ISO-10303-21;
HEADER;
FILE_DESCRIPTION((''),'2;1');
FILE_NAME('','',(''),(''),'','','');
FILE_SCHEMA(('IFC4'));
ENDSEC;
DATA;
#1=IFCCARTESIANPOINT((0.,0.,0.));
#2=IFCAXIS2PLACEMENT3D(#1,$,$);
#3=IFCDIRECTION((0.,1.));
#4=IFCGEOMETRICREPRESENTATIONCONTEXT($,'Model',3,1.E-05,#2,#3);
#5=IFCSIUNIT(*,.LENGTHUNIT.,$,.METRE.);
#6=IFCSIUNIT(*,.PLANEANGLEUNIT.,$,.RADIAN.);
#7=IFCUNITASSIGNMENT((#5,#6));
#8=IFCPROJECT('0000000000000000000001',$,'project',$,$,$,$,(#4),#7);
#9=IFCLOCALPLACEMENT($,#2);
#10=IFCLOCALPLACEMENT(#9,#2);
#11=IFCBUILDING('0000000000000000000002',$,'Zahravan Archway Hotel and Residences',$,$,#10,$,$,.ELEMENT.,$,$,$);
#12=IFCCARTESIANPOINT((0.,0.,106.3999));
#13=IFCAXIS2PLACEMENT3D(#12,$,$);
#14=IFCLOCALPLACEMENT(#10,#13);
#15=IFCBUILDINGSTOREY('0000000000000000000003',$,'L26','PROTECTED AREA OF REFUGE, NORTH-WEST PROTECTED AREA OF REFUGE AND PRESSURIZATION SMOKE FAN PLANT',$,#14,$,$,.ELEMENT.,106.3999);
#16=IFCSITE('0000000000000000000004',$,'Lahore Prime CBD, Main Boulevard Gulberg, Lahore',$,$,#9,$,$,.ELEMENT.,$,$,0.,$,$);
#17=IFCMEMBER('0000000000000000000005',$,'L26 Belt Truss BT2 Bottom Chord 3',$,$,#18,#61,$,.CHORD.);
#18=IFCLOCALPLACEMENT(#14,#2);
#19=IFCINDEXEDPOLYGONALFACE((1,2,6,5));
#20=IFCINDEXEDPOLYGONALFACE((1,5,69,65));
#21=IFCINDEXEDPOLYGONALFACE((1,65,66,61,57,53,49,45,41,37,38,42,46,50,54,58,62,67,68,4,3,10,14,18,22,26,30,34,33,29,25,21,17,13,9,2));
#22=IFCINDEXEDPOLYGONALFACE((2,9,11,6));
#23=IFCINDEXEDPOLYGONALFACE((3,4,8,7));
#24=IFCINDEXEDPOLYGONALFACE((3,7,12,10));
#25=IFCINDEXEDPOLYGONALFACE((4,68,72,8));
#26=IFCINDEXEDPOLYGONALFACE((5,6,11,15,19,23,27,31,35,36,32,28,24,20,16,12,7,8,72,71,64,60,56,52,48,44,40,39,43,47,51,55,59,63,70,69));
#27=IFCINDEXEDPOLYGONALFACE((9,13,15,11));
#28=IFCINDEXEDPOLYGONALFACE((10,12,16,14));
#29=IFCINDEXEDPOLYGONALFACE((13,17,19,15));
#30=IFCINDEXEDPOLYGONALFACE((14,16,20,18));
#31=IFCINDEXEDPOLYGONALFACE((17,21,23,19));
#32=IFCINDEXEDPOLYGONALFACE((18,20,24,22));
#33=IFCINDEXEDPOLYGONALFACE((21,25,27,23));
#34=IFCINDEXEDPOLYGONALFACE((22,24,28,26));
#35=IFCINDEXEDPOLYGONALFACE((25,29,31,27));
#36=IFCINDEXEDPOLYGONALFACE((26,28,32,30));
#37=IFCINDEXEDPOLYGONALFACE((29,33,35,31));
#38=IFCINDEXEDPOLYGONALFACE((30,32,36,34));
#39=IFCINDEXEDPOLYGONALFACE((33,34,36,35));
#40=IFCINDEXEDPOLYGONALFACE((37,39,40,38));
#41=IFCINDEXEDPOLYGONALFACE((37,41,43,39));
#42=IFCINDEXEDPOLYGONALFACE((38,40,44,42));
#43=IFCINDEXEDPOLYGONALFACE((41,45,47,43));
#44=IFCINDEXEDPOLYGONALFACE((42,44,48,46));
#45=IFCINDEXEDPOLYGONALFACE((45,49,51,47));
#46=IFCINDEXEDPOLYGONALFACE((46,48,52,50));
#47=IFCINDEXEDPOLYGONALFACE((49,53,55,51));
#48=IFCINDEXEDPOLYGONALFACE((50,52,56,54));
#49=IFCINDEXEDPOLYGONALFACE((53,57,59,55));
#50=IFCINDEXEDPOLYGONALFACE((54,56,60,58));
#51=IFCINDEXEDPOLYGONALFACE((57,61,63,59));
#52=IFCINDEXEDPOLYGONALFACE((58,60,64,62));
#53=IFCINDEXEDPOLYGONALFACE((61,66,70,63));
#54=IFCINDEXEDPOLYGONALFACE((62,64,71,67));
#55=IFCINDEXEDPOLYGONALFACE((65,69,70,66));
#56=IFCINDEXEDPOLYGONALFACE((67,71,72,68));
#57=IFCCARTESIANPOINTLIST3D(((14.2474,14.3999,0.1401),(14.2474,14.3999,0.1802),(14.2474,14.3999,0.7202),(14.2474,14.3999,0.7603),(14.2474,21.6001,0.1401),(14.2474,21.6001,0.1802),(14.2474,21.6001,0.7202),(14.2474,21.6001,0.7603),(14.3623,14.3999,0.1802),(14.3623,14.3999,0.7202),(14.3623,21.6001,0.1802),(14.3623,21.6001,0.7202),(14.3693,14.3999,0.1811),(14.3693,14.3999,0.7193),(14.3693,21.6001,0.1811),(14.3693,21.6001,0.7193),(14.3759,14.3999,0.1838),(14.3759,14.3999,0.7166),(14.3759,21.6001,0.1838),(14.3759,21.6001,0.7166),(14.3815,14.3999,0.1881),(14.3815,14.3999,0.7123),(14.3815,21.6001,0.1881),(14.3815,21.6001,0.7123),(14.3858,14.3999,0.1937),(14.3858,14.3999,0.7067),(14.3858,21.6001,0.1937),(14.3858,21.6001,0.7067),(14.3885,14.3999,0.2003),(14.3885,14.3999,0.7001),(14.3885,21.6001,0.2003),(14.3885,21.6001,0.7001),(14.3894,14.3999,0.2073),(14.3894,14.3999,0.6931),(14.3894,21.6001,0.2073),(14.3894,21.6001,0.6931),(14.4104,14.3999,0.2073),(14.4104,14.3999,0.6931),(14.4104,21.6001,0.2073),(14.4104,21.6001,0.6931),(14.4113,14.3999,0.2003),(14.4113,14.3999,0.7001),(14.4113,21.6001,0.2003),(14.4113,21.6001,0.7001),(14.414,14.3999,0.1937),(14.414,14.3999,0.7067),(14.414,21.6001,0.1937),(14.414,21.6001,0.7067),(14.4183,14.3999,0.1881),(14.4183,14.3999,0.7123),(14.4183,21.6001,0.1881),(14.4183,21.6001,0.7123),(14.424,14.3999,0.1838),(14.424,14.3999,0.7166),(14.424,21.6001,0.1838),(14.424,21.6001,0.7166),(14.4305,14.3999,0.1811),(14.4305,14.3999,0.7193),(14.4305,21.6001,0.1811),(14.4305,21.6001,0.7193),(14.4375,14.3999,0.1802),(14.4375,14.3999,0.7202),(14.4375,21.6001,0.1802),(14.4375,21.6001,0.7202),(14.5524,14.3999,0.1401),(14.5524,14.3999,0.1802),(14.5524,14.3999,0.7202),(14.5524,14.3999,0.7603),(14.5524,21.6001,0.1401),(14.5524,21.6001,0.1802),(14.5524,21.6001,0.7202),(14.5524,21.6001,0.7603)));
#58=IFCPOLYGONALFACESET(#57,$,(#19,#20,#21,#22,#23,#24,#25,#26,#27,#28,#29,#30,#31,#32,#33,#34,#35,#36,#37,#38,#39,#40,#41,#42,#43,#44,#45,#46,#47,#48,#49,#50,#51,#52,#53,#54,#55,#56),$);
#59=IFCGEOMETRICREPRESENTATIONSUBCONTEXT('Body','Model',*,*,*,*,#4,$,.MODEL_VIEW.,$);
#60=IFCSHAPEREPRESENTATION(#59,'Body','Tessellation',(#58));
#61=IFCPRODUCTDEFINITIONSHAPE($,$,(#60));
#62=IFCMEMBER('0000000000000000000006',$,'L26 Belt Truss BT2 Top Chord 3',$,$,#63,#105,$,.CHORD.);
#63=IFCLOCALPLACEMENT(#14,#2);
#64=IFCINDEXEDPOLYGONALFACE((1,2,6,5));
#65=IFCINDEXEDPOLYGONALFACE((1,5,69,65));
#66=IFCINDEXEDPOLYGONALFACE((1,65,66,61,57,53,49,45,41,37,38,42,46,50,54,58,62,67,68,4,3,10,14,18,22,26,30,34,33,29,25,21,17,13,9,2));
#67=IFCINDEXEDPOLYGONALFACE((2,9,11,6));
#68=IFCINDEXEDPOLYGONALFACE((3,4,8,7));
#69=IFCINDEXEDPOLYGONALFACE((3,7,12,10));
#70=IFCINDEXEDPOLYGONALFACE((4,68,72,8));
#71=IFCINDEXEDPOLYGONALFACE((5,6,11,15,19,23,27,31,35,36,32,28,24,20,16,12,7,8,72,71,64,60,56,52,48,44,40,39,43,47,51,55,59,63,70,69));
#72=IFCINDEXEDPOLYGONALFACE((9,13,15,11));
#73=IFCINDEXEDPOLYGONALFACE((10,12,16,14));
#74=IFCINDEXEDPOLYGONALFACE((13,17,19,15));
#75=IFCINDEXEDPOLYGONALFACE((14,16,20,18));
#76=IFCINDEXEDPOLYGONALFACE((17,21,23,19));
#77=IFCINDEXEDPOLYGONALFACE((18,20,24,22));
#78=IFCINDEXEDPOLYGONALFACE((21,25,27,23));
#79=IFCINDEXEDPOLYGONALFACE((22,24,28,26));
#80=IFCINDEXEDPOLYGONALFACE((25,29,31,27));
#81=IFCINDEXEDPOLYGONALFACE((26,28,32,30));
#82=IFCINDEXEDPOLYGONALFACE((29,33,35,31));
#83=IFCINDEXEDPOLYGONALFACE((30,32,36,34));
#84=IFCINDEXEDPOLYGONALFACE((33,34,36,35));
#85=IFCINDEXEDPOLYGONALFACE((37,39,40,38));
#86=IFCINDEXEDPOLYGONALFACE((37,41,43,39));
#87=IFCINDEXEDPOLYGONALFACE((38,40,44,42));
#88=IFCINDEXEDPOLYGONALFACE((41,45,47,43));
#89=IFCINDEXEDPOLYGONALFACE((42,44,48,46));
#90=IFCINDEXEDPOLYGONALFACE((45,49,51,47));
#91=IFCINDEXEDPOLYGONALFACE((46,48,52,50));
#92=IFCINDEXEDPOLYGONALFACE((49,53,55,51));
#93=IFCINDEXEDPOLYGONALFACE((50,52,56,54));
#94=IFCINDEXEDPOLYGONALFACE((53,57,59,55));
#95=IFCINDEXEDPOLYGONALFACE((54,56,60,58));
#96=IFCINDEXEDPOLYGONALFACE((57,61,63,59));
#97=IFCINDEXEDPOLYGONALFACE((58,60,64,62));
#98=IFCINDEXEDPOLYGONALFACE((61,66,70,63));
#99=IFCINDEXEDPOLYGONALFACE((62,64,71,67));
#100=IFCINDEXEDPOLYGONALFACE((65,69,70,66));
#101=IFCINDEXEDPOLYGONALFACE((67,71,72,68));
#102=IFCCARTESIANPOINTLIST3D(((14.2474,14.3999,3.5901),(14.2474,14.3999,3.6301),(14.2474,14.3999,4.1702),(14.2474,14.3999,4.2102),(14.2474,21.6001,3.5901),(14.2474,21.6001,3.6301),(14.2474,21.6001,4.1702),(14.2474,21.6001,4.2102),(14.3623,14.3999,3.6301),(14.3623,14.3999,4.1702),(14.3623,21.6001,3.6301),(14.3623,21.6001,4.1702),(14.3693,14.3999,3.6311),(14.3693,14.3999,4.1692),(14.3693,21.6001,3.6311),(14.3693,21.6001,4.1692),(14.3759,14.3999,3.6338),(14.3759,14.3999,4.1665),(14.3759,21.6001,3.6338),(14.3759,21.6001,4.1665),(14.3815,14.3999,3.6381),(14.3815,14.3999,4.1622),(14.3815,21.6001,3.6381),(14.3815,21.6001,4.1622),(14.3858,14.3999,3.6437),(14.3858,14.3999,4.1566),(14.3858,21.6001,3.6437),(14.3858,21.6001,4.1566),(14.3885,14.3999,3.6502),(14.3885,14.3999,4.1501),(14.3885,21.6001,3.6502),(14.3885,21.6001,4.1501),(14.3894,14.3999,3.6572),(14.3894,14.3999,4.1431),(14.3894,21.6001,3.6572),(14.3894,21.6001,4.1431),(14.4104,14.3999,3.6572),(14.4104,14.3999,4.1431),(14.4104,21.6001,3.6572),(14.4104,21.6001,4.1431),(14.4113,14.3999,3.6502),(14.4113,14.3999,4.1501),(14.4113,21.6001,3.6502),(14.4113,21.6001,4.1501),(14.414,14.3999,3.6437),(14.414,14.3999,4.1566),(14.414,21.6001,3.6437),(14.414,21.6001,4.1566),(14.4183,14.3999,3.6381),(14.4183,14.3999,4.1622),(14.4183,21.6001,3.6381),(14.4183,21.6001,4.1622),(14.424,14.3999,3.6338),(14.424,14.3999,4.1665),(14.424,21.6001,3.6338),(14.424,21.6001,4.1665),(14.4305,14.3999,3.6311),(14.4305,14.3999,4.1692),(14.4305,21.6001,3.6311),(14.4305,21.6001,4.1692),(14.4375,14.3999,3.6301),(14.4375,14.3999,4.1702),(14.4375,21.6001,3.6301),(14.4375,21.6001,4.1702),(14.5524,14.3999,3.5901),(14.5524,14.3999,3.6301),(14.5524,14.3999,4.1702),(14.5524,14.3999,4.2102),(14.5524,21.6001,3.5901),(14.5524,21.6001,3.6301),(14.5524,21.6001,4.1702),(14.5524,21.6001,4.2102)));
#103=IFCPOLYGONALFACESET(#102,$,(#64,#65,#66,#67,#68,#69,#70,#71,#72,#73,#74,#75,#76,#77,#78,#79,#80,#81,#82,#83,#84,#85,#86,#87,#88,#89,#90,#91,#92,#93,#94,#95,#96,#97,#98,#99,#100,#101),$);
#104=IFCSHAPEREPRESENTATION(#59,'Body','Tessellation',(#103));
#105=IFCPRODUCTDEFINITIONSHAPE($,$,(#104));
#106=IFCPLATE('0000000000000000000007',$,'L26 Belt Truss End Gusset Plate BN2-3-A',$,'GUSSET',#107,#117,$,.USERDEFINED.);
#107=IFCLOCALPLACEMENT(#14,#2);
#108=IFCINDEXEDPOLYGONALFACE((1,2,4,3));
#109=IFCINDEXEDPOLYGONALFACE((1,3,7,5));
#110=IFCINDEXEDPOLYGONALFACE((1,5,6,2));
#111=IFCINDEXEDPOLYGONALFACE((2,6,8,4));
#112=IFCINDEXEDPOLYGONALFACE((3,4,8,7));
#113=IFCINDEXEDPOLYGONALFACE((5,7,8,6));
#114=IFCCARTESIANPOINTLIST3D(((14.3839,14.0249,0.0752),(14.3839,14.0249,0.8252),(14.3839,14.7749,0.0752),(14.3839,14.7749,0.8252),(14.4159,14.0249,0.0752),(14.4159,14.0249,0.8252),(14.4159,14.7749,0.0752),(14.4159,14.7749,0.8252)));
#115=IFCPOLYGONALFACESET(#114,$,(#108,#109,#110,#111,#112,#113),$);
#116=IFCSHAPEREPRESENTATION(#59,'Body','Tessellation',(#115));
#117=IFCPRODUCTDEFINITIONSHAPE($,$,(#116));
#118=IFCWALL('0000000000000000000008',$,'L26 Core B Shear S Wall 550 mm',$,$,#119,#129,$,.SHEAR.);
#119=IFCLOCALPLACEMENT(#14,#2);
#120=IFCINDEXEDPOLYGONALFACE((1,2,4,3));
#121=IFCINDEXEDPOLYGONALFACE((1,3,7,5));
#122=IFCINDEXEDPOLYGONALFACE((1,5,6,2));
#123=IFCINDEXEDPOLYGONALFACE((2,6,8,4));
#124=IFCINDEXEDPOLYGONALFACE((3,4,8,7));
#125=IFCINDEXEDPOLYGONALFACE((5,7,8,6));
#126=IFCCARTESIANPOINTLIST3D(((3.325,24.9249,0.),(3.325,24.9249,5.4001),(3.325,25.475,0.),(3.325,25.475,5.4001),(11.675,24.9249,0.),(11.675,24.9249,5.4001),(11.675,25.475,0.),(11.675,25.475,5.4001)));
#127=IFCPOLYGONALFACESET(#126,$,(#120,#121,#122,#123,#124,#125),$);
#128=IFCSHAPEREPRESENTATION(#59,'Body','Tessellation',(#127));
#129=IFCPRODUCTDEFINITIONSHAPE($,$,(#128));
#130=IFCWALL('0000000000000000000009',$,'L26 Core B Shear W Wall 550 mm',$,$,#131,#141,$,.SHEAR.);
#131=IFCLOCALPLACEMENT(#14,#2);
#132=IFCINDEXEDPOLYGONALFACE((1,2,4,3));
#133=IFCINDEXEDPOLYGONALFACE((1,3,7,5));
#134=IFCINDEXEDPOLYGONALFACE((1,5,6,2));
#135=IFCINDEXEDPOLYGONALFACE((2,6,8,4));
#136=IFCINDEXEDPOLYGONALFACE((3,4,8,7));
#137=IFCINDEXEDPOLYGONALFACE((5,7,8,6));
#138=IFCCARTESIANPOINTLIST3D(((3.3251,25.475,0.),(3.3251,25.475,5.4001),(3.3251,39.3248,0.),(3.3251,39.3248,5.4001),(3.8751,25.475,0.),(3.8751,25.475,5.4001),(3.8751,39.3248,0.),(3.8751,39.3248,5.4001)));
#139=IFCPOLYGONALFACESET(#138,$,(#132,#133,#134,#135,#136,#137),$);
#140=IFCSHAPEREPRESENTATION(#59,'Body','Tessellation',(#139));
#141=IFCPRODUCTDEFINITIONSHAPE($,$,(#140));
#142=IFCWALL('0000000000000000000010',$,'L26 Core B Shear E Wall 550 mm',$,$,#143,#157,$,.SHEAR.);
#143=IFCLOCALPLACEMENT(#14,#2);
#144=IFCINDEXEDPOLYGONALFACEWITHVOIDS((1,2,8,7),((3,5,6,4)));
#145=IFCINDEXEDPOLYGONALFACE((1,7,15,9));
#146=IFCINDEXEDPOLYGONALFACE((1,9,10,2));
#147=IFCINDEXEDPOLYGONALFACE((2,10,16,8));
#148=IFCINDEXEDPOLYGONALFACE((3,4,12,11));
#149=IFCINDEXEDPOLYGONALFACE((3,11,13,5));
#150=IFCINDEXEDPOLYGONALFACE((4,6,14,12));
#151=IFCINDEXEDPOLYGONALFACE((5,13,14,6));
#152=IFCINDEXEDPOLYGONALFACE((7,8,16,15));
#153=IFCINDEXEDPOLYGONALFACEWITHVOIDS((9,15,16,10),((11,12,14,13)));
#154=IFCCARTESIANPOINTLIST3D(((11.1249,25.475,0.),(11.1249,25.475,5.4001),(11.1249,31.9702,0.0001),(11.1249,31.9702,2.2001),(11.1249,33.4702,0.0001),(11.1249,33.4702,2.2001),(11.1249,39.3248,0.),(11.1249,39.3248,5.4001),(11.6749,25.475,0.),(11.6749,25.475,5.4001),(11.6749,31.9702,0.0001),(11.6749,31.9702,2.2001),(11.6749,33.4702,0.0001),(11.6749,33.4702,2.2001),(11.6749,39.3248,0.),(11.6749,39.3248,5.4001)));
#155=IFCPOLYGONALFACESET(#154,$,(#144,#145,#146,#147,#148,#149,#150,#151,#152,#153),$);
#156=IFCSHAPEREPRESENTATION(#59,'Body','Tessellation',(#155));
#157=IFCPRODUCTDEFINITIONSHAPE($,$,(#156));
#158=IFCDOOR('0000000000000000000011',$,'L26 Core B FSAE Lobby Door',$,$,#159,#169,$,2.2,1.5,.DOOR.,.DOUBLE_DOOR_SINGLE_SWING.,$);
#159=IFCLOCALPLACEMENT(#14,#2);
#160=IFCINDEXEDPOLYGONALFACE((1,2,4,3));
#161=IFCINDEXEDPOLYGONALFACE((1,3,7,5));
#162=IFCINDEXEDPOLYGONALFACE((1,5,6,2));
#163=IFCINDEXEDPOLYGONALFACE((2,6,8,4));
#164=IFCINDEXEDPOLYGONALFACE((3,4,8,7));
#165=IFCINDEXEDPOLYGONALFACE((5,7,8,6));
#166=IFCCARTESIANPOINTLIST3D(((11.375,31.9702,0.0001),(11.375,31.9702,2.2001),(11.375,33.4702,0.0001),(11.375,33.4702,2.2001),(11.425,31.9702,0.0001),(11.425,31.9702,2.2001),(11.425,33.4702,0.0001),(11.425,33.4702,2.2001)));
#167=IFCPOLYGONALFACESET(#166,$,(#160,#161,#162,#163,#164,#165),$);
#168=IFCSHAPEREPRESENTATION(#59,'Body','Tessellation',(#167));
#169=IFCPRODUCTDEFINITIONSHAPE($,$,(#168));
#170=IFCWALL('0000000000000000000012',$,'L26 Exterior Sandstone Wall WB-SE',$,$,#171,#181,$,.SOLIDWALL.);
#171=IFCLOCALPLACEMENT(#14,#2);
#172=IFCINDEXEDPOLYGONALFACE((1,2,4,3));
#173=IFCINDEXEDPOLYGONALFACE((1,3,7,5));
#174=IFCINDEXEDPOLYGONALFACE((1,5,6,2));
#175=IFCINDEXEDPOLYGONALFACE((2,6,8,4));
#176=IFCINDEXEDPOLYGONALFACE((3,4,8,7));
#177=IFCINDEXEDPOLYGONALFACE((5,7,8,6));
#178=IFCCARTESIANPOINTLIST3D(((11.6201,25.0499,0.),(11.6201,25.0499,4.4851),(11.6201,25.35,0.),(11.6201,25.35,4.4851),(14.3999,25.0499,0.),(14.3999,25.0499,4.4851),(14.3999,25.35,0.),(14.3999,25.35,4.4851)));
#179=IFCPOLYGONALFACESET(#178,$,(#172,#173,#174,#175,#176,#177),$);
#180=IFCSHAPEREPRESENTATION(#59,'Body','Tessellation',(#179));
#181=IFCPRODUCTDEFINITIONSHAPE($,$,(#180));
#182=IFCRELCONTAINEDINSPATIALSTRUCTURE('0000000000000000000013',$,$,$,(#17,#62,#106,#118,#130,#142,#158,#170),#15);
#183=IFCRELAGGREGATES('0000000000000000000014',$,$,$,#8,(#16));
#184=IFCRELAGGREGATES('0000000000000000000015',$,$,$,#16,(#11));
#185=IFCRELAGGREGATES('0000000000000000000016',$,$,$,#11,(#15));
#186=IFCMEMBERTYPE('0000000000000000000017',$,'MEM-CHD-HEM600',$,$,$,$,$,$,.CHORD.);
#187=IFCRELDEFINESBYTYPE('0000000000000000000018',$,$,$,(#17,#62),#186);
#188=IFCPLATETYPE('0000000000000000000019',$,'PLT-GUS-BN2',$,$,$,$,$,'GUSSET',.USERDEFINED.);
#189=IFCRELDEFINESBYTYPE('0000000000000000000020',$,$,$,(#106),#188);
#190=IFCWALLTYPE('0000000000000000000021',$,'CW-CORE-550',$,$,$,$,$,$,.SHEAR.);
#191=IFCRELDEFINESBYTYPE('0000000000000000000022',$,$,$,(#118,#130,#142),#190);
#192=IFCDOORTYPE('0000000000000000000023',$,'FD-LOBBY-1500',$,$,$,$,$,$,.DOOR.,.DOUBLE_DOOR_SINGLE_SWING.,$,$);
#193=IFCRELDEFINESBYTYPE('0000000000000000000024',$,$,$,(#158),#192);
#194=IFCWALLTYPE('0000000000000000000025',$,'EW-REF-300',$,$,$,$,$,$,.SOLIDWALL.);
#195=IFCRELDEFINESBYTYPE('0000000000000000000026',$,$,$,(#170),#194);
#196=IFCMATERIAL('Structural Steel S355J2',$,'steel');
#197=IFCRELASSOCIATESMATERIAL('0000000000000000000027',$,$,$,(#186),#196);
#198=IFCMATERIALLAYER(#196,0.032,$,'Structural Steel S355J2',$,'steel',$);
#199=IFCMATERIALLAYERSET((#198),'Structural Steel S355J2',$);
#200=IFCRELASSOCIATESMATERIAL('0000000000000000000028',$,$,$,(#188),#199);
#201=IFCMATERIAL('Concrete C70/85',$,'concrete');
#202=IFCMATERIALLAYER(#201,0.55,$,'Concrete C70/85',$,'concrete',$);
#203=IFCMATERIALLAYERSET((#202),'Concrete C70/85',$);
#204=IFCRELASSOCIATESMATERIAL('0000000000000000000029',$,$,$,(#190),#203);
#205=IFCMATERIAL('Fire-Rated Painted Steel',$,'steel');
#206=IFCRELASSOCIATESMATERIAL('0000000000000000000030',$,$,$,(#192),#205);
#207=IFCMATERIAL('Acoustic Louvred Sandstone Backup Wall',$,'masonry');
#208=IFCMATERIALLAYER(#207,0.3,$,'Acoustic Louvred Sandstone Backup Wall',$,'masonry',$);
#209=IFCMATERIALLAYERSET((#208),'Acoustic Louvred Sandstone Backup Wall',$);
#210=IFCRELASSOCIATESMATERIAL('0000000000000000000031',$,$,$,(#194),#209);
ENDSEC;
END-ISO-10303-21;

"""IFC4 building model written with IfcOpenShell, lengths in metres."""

from ifc_helpers import new_model, si_unit, direction, frame, frame_2d, origin, origin_2d, place, context, subcontext, project, spatial, rectangle, i_section, extrude, source, transform, mapped, material, layer, layer_set, material_profile, profile_set, type_object, type_shapes, element, fill, save


model = new_model("IFC4")

# Units and contexts
model_context = context("Model", 3, precision=1e-05, world=origin(), true_north=direction((0.0, 1.0)))
body_context = subcontext(model_context, "Body", "Model", "MODEL_VIEW")
ifc_project = project(units=[si_unit("LENGTHUNIT", "METRE"), si_unit("PLANEANGLEUNIT", "RADIAN")], contexts=[model_context])

# Site, building, storey
site_placement = place(None, origin())
site = spatial("IfcSite", under=ifc_project, at=site_placement, Name="Lahore Prime CBD, Main Boulevard Gulberg, Lahore", CompositionType="ELEMENT", RefElevation=0.0)
building_placement = place(site_placement, origin())
building = spatial("IfcBuilding", under=site, at=building_placement, Name="Zahravan Archway Hotel and Residences", CompositionType="ELEMENT")
storey_placement = place(building_placement, frame((0.0, 0.0, 106.3999)))
storey = spatial("IfcBuildingStorey", under=building, at=storey_placement, Name="L26", Description="PROTECTED AREA OF REFUGE, NORTH-WEST PROTECTED AREA OF REFUGE AND PRESSURIZATION SMOKE FAN PLANT", CompositionType="ELEMENT", Elevation=106.3999)

# Shared definitions
ifc_material_1 = material(Name="Concrete C70/85", Category="concrete")

# Members
ifc_material_2 = material(Name="Structural Steel S355J2", Category="steel")
ifc_material_profile_1 = material_profile(ifc_material_2, i_section(OverallWidth=0.3049, OverallDepth=0.6201, WebThickness=0.021, FlangeThickness=0.04, FilletRadius=0.0271, at=origin_2d()), Name="HEM 600", Category="steel")
ifc_profile_set_1 = profile_set([ifc_material_profile_1], Name="Structural Steel S355J2")
member_type = type_object("IfcMemberType", Name="MEM-CHD-HEM600", PredefinedType="CHORD", material=ifc_profile_set_1)
shared_shape_1 = source(origin(), body_context, "Body", "SweptSolid", [
    extrude(i_section(OverallWidth=0.3049, OverallDepth=0.6201, WebThickness=0.021, FlangeThickness=0.04, FilletRadius=0.0271, at=origin_2d()), origin(), (0.0, 0.0, 1.0), 7.2002),
])
for number, where, z_axis, x_axis, name in (
    (1, (14.3999, 14.3999, 0.4502), (0.0, 1.0, 0.0), (-1.0, 0.0, 0.0), "L26 Belt Truss BT2 Bottom Chord 3"),
    (2, (14.3999, 14.3999, 3.9001), (0.0, 1.0, 0.0), (-1.0, 0.0, 0.0), "L26 Belt Truss BT2 Top Chord 3"),
):
    element("IfcMember", number, at=place(storey_placement, frame(where, z_axis=z_axis, x_axis=x_axis)), inside=storey, type_object=member_type, Name=name, PredefinedType="CHORD", context=body_context, shape_type="MappedRepresentation", body=[
        mapped(shared_shape_1, transform((0.0, 0.0, 0.0), scale=1.0)),
    ])

# Plate
ifc_layer_1 = layer(ifc_material_2, 0.032, Name="Structural Steel S355J2", Category="steel")
ifc_layer_set_1 = layer_set([ifc_layer_1], Name="Structural Steel S355J2")
plate_type = type_object("IfcPlateType", Name="PLT-GUS-BN2", ElementType="GUSSET", PredefinedType="USERDEFINED", material=ifc_layer_set_1)
shared_shape_2 = source(origin(), body_context, "Body", "SweptSolid", [
    extrude(rectangle(XDim=0.75, YDim=0.032, at=origin_2d()), origin(), (0.0, 0.0, 1.0), 0.75),
])
type_shapes(plate_type, [shared_shape_2])
plate_placement = place(storey_placement, frame((14.3999, 14.3999, 0.0752), z_axis=(0.0, 0.0, 1.0), x_axis=(0.0, 1.0, 0.0)))
element("IfcPlate", 3, at=plate_placement, inside=storey, type_object=plate_type, Name="L26 Belt Truss End Gusset Plate BN2-3-A", ObjectType="GUSSET", PredefinedType="USERDEFINED", context=body_context, shape_type="MappedRepresentation", body=[
    mapped(shared_shape_2, transform((0.0, 0.0, 0.0), scale=1.0)),
])

# Walls
ifc_layer_2 = layer(ifc_material_1, 0.55, Name="Concrete C70/85", Category="concrete")
ifc_layer_set_2 = layer_set([ifc_layer_2], Name="Concrete C70/85")
wall_type_1 = type_object("IfcWallType", Name="CW-CORE-550", PredefinedType="SHEAR", material=ifc_layer_set_2)
wall_1_placement = place(storey_placement, frame((3.325, 25.2, 0.0), z_axis=(0.0, 0.0, 1.0), x_axis=(1.0, 0.0, 0.0)))
element("IfcWall", 4, at=wall_1_placement, inside=storey, type_object=wall_type_1, Name="L26 Core B Shear S Wall 550 mm", PredefinedType="SHEAR", context=body_context, shape_type="SweptSolid", body=[
    extrude(rectangle(XDim=8.3501, YDim=0.55, at=frame_2d((4.175, 0.0))), origin(), (0.0, 0.0, 1.0), 5.4001),
])
wall_2_placement = place(storey_placement, frame((3.6001, 25.4751, 0.0), z_axis=(0.0, 0.0, 1.0), x_axis=(0.0, 1.0, 0.0)))
element("IfcWall", 5, at=wall_2_placement, inside=storey, type_object=wall_type_1, Name="L26 Core B Shear W Wall 550 mm", PredefinedType="SHEAR", context=body_context, shape_type="SweptSolid", body=[
    extrude(rectangle(XDim=13.8499, YDim=0.55, at=frame_2d((6.9248, 0.0))), origin(), (0.0, 0.0, 1.0), 5.4001),
])

# Wall, opening, door
wall_3_placement = place(storey_placement, frame((11.3999, 25.4751, 0.0), z_axis=(0.0, 0.0, 1.0), x_axis=(0.0, 1.0, 0.0)))
wall_3 = element("IfcWall", 6, at=wall_3_placement, inside=storey, type_object=wall_type_1, Name="L26 Core B Shear E Wall 550 mm", PredefinedType="SHEAR", context=body_context, shape_type="SweptSolid", body=[
    extrude(rectangle(XDim=13.8499, YDim=0.55, at=frame_2d((6.9248, 0.0))), origin(), (0.0, 0.0, 1.0), 5.4001),
])
opening_placement = place(wall_3_placement, frame((6.4951, 0.0, 0.0)))
opening = element("IfcOpeningElement", 7, at=opening_placement, cuts=wall_3, PredefinedType="OPENING", context=body_context, shape_type="SweptSolid", body=[
    extrude(rectangle(XDim=1.5, YDim=2.2, at=frame_2d((0.75, 1.1001))), frame((0.0, 0.2852, 0.0), z_axis=(0.0, -1.0, 0.0), x_axis=(1.0, 0.0, 0.0)), (0.0, 0.0, 1.0), 0.5701),
])
ifc_material_3 = material(Name="Fire-Rated Painted Steel", Category="steel")
door_type = type_object("IfcDoorType", Name="FD-LOBBY-1500", OperationType="DOUBLE_DOOR_SINGLE_SWING", PredefinedType="DOOR", material=ifc_material_3)
shared_shape_3 = source(origin(), body_context, "Body", "SweptSolid", [
    extrude(rectangle(XDim=1.5, YDim=2.2, at=frame_2d((0.75, 1.1001))), frame((0.0, 0.0249, 0.0), z_axis=(0.0, -1.0, 0.0), x_axis=(1.0, 0.0, 0.0)), (0.0, 0.0, 1.0), 0.05),
])
type_shapes(door_type, [shared_shape_3])
door_placement = place(opening_placement, origin())
door = element("IfcDoor", 8, at=door_placement, inside=storey, type_object=door_type, Name="L26 Core B FSAE Lobby Door", OperationType="DOUBLE_DOOR_SINGLE_SWING", OverallHeight=2.2, OverallWidth=1.5, PredefinedType="DOOR", context=body_context, shape_type="MappedRepresentation", body=[
    mapped(shared_shape_3, transform((0.0, 0.0, 0.0), scale=1.0)),
])
fill(opening, door)

# Wall
ifc_material_4 = material(Name="Acoustic Louvred Sandstone Backup Wall", Category="masonry")
ifc_layer_3 = layer(ifc_material_4, 0.3, Name="Acoustic Louvred Sandstone Backup Wall", Category="masonry")
ifc_layer_set_3 = layer_set([ifc_layer_3], Name="Acoustic Louvred Sandstone Backup Wall")
wall_type_2 = type_object("IfcWallType", Name="EW-REF-300", PredefinedType="SOLIDWALL", material=ifc_layer_set_3)
wall_4_placement = place(storey_placement, frame((11.6201, 25.2, 0.0), z_axis=(0.0, 0.0, 1.0), x_axis=(1.0, 0.0, 0.0)))
element("IfcWall", 9, at=wall_4_placement, inside=storey, type_object=wall_type_2, Name="L26 Exterior Sandstone Wall WB-SE", PredefinedType="SOLIDWALL", context=body_context, shape_type="SweptSolid", body=[
    extrude(rectangle(XDim=2.7798, YDim=0.3, at=frame_2d((1.3899, 0.0))), origin(), (0.0, 0.0, 1.0), 4.4851),
])

save(model, "model.ifc")
